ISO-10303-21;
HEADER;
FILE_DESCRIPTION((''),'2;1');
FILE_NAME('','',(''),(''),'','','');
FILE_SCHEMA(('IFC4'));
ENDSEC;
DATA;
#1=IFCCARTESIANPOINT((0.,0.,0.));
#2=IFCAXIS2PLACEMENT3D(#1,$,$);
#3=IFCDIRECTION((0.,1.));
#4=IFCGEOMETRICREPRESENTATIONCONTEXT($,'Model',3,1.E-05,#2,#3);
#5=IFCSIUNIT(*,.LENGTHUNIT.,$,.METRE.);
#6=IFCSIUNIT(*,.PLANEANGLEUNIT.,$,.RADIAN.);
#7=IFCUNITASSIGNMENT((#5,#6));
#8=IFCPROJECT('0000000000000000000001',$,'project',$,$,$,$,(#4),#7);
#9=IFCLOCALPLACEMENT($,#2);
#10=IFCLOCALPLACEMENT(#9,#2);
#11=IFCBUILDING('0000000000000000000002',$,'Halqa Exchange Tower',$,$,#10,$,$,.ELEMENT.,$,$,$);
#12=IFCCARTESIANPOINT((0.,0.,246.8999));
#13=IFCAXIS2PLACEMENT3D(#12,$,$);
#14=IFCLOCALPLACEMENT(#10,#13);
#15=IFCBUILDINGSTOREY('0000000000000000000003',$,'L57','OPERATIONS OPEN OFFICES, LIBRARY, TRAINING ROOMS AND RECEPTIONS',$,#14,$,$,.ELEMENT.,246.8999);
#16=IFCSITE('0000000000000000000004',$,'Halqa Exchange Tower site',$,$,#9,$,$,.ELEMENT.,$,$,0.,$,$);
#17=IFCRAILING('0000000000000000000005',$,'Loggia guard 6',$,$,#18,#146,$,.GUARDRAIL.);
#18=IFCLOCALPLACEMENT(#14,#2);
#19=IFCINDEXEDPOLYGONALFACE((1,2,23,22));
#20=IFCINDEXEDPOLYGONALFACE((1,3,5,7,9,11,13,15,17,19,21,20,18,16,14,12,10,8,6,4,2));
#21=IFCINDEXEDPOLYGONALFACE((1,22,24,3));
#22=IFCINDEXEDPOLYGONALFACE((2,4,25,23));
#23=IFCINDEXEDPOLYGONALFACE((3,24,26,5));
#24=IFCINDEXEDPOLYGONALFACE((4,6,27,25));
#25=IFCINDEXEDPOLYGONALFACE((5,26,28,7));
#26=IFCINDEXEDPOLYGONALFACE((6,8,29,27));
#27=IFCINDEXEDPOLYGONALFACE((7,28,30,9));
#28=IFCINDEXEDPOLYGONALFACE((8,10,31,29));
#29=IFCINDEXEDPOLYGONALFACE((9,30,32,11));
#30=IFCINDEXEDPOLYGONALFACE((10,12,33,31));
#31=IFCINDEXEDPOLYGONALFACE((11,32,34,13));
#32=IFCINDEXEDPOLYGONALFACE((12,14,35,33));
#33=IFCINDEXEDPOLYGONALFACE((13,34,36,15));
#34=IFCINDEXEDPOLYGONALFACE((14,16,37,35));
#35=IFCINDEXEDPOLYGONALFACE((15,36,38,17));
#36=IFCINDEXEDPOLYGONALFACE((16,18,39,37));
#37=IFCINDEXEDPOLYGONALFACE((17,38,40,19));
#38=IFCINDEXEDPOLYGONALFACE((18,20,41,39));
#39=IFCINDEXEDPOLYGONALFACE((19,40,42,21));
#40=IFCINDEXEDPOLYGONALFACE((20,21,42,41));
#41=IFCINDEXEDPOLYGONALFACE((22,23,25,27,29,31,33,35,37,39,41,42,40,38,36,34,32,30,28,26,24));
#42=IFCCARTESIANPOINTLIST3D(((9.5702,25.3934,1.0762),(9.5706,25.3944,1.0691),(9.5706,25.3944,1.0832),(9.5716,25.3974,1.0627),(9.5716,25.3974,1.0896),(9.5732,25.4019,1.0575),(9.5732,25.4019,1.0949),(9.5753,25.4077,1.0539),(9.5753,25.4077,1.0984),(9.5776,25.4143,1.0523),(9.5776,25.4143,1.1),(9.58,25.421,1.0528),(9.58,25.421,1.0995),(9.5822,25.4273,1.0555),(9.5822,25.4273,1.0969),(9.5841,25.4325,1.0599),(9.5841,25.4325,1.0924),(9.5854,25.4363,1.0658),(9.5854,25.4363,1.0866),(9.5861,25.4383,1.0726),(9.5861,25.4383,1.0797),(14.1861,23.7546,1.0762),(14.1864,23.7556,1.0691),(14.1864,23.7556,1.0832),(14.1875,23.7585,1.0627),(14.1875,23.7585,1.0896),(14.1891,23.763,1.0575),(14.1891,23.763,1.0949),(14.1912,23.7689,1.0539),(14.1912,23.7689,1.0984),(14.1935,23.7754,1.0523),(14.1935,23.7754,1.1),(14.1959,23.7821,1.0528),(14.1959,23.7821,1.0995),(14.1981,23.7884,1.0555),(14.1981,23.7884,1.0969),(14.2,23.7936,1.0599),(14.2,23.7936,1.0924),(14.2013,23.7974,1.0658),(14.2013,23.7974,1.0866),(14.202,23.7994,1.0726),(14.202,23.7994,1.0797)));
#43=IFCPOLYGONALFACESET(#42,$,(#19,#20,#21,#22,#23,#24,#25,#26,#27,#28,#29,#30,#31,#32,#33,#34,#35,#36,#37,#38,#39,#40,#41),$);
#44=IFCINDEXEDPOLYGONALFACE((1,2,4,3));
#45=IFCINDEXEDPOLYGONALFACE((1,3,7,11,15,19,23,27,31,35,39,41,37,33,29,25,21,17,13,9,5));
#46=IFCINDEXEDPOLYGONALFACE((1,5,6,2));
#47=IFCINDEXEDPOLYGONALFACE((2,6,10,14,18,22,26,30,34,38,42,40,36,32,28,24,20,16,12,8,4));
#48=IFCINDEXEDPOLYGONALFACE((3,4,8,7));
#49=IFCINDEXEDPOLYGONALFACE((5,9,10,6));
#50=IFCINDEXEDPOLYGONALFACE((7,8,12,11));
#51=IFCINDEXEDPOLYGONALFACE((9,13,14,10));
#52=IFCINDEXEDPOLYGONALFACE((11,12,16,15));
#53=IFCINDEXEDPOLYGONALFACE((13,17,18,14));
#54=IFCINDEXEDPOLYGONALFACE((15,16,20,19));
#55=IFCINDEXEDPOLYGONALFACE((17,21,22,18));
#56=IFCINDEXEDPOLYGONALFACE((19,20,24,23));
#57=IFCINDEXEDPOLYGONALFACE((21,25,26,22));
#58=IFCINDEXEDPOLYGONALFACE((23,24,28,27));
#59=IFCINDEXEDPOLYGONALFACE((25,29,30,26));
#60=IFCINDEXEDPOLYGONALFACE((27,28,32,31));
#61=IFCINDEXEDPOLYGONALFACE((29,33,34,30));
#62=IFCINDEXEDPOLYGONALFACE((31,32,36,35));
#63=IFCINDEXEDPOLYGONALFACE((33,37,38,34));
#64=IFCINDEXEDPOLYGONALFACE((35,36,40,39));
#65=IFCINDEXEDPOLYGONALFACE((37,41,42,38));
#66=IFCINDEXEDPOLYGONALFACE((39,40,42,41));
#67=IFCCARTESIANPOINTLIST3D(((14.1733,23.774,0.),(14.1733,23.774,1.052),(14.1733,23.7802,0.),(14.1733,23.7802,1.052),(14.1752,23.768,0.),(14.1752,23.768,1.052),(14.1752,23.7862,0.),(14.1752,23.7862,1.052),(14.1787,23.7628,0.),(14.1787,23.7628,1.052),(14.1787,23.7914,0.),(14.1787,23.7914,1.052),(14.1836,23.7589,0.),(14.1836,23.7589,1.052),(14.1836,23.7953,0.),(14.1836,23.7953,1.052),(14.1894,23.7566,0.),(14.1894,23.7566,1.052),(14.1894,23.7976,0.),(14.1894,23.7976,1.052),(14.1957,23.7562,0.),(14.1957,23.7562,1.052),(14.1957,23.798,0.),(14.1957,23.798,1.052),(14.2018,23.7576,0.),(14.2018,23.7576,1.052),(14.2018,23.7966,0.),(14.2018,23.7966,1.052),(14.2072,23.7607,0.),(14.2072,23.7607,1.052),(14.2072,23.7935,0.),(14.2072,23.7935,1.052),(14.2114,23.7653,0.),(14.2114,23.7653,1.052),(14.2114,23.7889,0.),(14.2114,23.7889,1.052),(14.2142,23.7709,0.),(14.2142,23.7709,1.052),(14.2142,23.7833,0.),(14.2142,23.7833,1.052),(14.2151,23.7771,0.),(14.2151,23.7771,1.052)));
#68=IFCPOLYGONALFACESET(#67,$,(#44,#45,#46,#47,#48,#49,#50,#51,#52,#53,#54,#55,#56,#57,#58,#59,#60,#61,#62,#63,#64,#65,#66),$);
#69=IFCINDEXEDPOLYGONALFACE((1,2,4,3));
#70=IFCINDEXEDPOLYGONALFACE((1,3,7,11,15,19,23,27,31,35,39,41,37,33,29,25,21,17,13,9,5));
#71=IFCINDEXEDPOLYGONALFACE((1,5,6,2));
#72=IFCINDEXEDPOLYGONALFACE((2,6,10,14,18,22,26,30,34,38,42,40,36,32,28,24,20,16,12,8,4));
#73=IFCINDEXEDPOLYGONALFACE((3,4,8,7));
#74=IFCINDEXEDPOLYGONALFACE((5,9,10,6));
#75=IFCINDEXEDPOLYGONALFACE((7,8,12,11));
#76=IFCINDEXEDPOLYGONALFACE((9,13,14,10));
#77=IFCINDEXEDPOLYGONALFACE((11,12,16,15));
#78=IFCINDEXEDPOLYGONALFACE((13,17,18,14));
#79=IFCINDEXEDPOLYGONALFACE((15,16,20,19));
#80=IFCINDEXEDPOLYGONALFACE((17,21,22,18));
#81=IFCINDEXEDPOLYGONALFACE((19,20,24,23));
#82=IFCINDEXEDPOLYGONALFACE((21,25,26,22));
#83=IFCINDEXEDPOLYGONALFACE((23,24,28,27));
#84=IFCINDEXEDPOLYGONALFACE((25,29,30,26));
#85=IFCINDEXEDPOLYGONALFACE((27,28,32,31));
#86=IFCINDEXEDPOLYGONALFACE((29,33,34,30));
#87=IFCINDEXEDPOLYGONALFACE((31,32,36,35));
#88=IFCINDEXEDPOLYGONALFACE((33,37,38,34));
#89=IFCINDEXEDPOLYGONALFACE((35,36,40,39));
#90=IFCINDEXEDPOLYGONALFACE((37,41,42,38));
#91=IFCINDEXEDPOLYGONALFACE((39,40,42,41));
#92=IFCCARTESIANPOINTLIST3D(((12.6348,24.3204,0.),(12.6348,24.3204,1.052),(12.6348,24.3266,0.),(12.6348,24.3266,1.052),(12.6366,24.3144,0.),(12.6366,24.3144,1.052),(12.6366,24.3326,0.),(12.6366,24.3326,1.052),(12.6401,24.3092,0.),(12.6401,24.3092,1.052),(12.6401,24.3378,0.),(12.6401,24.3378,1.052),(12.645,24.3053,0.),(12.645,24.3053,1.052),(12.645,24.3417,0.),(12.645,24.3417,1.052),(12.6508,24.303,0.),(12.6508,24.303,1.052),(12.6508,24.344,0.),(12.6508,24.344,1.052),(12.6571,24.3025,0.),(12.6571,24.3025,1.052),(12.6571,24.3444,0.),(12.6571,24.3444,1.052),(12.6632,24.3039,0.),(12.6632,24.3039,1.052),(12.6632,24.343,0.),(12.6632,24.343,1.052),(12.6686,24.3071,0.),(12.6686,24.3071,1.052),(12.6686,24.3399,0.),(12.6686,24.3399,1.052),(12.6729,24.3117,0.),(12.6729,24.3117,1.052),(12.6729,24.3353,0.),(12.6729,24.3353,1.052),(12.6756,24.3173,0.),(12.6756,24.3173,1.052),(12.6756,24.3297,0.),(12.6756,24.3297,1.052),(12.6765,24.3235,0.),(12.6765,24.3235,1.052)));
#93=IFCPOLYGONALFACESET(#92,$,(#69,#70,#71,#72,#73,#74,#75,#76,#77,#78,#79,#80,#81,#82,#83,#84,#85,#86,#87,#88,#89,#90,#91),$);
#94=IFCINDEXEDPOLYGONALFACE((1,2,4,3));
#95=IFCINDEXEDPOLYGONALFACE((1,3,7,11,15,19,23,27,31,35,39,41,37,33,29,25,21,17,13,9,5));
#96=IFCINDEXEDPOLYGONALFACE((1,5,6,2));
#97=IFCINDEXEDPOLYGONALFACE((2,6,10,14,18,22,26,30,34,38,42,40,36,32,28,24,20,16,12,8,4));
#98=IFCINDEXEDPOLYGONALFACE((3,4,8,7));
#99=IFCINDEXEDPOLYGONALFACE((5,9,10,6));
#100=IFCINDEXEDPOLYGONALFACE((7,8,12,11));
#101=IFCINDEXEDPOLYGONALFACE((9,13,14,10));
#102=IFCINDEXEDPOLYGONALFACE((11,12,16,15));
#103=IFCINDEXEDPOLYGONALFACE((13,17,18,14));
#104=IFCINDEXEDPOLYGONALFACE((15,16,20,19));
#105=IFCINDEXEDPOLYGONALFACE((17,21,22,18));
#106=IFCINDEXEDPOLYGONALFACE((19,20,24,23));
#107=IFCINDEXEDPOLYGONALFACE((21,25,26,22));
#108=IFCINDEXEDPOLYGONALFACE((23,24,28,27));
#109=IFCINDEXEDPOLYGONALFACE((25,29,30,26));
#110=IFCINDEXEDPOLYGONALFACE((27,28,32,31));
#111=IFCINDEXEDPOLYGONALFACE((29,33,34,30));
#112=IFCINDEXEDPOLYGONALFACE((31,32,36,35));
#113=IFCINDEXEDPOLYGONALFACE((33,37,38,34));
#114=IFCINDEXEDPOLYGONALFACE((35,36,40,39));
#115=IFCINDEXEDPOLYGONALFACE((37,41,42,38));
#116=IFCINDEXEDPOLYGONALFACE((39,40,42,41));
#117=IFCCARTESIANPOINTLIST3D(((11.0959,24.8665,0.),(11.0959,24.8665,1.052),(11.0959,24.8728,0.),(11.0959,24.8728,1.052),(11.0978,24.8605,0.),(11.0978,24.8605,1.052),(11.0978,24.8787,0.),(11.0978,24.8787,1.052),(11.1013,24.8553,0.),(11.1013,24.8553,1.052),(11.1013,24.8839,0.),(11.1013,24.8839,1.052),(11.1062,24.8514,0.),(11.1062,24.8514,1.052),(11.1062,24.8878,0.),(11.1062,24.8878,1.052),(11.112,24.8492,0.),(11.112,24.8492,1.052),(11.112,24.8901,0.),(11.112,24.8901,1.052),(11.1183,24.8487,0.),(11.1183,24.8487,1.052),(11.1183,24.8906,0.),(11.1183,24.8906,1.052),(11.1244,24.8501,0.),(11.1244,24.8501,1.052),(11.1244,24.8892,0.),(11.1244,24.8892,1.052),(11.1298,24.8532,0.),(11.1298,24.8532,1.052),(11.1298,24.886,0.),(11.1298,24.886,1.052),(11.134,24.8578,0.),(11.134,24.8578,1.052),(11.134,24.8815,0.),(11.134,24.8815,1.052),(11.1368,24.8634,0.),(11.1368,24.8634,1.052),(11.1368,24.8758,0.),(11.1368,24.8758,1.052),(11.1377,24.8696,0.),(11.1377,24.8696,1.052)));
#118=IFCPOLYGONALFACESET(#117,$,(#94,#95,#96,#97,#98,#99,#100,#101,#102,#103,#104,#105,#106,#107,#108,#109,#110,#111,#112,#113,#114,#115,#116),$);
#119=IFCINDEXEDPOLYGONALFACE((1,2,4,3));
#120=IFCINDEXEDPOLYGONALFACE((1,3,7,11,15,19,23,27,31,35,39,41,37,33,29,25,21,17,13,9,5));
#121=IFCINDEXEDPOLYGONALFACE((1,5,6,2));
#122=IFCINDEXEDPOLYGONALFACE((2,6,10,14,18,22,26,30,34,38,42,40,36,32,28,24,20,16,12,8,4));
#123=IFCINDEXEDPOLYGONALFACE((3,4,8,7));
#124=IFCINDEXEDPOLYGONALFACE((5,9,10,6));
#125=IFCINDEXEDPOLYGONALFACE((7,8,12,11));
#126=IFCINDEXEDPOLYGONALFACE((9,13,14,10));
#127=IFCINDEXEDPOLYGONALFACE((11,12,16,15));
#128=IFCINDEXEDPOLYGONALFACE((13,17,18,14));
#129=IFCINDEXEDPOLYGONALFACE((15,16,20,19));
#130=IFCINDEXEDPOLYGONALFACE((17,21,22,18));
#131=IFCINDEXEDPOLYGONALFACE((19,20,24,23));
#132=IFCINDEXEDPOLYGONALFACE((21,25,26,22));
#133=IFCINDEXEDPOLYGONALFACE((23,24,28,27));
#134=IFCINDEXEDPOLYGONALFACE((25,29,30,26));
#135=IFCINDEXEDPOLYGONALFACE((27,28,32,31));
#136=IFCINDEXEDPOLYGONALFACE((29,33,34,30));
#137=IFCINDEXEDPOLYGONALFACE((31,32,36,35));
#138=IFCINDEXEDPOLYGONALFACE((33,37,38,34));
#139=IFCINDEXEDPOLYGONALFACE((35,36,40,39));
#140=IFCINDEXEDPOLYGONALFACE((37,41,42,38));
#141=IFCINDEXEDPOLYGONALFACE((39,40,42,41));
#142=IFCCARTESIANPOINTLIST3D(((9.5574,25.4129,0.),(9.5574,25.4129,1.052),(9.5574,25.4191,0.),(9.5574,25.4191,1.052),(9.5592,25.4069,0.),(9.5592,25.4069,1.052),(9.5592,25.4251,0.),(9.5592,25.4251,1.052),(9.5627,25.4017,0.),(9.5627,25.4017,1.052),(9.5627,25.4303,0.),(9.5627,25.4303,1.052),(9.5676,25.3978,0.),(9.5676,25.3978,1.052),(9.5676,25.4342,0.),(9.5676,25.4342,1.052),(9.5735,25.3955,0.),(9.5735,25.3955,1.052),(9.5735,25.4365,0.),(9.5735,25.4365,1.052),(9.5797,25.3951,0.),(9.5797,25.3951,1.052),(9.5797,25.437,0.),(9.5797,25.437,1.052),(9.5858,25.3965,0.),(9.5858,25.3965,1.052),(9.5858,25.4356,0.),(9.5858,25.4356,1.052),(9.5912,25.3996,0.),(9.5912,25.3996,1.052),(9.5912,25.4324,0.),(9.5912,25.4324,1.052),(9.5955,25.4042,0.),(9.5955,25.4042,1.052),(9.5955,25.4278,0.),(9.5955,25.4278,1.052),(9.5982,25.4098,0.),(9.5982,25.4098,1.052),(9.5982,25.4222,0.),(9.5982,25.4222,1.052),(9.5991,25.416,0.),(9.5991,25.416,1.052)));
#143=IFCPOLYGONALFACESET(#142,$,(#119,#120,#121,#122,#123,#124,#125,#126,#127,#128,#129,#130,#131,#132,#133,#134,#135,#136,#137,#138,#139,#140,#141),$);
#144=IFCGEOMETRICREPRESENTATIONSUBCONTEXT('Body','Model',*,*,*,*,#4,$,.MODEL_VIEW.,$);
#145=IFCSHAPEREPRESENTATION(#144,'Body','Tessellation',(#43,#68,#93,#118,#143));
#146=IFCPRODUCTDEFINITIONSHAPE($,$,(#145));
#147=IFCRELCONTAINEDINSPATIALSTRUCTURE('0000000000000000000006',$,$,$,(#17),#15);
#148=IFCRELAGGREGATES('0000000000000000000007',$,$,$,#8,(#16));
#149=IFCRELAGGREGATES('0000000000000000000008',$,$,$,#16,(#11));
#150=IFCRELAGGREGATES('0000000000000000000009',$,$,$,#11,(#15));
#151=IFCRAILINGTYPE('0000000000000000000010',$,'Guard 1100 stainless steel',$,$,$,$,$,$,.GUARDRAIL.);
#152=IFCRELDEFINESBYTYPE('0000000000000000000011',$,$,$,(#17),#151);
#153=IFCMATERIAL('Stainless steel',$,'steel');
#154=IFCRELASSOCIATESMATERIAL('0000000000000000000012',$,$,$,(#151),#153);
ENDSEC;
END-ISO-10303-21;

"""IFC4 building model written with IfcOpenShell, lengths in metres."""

from ifc_helpers import new_model, si_unit, direction, frame, origin, origin_2d, place, context, subcontext, project, spatial, circle, extrude, material, type_object, element, save


model = new_model("IFC4")

# Units and contexts
model_context = context("Model", 3, precision=1e-05, world=origin(), true_north=direction((0.0, 1.0)))
body_context = subcontext(model_context, "Body", "Model", "MODEL_VIEW")
ifc_project = project(units=[si_unit("LENGTHUNIT", "METRE"), si_unit("PLANEANGLEUNIT", "RADIAN")], contexts=[model_context])

# Site, building, storey
site_placement = place(None, origin())
site = spatial("IfcSite", under=ifc_project, at=site_placement, Name="Halqa Exchange Tower site", CompositionType="ELEMENT", RefElevation=0.0)
building_placement = place(site_placement, origin())
building = spatial("IfcBuilding", under=site, at=building_placement, Name="Halqa Exchange Tower", CompositionType="ELEMENT")
storey_placement = place(building_placement, frame((0.0, 0.0, 246.8999)))
storey = spatial("IfcBuildingStorey", under=building, at=storey_placement, Name="L57", Description="OPERATIONS OPEN OFFICES, LIBRARY, TRAINING ROOMS AND RECEPTIONS", CompositionType="ELEMENT", Elevation=246.8999)

# Railing
ifc_material_1 = material(Name="Stainless steel", Category="steel")
railing_type = type_object("IfcRailingType", Name="Guard 1100 stainless steel", PredefinedType="GUARDRAIL", material=ifc_material_1)
railing_1_placement = place(storey_placement, frame((14.1941, 23.7771, 0.0)))
element("IfcRailing", 1, at=railing_1_placement, inside=storey, type_object=railing_type, Name="Loggia guard 6", PredefinedType="GUARDRAIL", context=body_context, shape_type="SweptSolid", body=[
    extrude(circle(Radius=0.0239, at=origin_2d()), frame((0.0, 0.0, 1.0762), z_axis=(-0.942364, 0.33459, 0.0), x_axis=(-0.33459, -0.942364, 0.0)), (0.0, 0.0, 1.0), 4.8982),
    extrude(circle(Radius=0.021, at=origin_2d()), origin(), (0.0, 0.0, 1.0), 1.052),
    extrude(circle(Radius=0.021, at=origin_2d()), frame((-1.5386, 0.5464, 0.0)), (0.0, 0.0, 1.0), 1.052),
    extrude(circle(Radius=0.021, at=origin_2d()), frame((-3.0774, 1.0925, 0.0)), (0.0, 0.0, 1.0), 1.052),
    extrude(circle(Radius=0.021, at=origin_2d()), frame((-4.616, 1.6389, 0.0)), (0.0, 0.0, 1.0), 1.052),
])

save(model, "model.ifc")
